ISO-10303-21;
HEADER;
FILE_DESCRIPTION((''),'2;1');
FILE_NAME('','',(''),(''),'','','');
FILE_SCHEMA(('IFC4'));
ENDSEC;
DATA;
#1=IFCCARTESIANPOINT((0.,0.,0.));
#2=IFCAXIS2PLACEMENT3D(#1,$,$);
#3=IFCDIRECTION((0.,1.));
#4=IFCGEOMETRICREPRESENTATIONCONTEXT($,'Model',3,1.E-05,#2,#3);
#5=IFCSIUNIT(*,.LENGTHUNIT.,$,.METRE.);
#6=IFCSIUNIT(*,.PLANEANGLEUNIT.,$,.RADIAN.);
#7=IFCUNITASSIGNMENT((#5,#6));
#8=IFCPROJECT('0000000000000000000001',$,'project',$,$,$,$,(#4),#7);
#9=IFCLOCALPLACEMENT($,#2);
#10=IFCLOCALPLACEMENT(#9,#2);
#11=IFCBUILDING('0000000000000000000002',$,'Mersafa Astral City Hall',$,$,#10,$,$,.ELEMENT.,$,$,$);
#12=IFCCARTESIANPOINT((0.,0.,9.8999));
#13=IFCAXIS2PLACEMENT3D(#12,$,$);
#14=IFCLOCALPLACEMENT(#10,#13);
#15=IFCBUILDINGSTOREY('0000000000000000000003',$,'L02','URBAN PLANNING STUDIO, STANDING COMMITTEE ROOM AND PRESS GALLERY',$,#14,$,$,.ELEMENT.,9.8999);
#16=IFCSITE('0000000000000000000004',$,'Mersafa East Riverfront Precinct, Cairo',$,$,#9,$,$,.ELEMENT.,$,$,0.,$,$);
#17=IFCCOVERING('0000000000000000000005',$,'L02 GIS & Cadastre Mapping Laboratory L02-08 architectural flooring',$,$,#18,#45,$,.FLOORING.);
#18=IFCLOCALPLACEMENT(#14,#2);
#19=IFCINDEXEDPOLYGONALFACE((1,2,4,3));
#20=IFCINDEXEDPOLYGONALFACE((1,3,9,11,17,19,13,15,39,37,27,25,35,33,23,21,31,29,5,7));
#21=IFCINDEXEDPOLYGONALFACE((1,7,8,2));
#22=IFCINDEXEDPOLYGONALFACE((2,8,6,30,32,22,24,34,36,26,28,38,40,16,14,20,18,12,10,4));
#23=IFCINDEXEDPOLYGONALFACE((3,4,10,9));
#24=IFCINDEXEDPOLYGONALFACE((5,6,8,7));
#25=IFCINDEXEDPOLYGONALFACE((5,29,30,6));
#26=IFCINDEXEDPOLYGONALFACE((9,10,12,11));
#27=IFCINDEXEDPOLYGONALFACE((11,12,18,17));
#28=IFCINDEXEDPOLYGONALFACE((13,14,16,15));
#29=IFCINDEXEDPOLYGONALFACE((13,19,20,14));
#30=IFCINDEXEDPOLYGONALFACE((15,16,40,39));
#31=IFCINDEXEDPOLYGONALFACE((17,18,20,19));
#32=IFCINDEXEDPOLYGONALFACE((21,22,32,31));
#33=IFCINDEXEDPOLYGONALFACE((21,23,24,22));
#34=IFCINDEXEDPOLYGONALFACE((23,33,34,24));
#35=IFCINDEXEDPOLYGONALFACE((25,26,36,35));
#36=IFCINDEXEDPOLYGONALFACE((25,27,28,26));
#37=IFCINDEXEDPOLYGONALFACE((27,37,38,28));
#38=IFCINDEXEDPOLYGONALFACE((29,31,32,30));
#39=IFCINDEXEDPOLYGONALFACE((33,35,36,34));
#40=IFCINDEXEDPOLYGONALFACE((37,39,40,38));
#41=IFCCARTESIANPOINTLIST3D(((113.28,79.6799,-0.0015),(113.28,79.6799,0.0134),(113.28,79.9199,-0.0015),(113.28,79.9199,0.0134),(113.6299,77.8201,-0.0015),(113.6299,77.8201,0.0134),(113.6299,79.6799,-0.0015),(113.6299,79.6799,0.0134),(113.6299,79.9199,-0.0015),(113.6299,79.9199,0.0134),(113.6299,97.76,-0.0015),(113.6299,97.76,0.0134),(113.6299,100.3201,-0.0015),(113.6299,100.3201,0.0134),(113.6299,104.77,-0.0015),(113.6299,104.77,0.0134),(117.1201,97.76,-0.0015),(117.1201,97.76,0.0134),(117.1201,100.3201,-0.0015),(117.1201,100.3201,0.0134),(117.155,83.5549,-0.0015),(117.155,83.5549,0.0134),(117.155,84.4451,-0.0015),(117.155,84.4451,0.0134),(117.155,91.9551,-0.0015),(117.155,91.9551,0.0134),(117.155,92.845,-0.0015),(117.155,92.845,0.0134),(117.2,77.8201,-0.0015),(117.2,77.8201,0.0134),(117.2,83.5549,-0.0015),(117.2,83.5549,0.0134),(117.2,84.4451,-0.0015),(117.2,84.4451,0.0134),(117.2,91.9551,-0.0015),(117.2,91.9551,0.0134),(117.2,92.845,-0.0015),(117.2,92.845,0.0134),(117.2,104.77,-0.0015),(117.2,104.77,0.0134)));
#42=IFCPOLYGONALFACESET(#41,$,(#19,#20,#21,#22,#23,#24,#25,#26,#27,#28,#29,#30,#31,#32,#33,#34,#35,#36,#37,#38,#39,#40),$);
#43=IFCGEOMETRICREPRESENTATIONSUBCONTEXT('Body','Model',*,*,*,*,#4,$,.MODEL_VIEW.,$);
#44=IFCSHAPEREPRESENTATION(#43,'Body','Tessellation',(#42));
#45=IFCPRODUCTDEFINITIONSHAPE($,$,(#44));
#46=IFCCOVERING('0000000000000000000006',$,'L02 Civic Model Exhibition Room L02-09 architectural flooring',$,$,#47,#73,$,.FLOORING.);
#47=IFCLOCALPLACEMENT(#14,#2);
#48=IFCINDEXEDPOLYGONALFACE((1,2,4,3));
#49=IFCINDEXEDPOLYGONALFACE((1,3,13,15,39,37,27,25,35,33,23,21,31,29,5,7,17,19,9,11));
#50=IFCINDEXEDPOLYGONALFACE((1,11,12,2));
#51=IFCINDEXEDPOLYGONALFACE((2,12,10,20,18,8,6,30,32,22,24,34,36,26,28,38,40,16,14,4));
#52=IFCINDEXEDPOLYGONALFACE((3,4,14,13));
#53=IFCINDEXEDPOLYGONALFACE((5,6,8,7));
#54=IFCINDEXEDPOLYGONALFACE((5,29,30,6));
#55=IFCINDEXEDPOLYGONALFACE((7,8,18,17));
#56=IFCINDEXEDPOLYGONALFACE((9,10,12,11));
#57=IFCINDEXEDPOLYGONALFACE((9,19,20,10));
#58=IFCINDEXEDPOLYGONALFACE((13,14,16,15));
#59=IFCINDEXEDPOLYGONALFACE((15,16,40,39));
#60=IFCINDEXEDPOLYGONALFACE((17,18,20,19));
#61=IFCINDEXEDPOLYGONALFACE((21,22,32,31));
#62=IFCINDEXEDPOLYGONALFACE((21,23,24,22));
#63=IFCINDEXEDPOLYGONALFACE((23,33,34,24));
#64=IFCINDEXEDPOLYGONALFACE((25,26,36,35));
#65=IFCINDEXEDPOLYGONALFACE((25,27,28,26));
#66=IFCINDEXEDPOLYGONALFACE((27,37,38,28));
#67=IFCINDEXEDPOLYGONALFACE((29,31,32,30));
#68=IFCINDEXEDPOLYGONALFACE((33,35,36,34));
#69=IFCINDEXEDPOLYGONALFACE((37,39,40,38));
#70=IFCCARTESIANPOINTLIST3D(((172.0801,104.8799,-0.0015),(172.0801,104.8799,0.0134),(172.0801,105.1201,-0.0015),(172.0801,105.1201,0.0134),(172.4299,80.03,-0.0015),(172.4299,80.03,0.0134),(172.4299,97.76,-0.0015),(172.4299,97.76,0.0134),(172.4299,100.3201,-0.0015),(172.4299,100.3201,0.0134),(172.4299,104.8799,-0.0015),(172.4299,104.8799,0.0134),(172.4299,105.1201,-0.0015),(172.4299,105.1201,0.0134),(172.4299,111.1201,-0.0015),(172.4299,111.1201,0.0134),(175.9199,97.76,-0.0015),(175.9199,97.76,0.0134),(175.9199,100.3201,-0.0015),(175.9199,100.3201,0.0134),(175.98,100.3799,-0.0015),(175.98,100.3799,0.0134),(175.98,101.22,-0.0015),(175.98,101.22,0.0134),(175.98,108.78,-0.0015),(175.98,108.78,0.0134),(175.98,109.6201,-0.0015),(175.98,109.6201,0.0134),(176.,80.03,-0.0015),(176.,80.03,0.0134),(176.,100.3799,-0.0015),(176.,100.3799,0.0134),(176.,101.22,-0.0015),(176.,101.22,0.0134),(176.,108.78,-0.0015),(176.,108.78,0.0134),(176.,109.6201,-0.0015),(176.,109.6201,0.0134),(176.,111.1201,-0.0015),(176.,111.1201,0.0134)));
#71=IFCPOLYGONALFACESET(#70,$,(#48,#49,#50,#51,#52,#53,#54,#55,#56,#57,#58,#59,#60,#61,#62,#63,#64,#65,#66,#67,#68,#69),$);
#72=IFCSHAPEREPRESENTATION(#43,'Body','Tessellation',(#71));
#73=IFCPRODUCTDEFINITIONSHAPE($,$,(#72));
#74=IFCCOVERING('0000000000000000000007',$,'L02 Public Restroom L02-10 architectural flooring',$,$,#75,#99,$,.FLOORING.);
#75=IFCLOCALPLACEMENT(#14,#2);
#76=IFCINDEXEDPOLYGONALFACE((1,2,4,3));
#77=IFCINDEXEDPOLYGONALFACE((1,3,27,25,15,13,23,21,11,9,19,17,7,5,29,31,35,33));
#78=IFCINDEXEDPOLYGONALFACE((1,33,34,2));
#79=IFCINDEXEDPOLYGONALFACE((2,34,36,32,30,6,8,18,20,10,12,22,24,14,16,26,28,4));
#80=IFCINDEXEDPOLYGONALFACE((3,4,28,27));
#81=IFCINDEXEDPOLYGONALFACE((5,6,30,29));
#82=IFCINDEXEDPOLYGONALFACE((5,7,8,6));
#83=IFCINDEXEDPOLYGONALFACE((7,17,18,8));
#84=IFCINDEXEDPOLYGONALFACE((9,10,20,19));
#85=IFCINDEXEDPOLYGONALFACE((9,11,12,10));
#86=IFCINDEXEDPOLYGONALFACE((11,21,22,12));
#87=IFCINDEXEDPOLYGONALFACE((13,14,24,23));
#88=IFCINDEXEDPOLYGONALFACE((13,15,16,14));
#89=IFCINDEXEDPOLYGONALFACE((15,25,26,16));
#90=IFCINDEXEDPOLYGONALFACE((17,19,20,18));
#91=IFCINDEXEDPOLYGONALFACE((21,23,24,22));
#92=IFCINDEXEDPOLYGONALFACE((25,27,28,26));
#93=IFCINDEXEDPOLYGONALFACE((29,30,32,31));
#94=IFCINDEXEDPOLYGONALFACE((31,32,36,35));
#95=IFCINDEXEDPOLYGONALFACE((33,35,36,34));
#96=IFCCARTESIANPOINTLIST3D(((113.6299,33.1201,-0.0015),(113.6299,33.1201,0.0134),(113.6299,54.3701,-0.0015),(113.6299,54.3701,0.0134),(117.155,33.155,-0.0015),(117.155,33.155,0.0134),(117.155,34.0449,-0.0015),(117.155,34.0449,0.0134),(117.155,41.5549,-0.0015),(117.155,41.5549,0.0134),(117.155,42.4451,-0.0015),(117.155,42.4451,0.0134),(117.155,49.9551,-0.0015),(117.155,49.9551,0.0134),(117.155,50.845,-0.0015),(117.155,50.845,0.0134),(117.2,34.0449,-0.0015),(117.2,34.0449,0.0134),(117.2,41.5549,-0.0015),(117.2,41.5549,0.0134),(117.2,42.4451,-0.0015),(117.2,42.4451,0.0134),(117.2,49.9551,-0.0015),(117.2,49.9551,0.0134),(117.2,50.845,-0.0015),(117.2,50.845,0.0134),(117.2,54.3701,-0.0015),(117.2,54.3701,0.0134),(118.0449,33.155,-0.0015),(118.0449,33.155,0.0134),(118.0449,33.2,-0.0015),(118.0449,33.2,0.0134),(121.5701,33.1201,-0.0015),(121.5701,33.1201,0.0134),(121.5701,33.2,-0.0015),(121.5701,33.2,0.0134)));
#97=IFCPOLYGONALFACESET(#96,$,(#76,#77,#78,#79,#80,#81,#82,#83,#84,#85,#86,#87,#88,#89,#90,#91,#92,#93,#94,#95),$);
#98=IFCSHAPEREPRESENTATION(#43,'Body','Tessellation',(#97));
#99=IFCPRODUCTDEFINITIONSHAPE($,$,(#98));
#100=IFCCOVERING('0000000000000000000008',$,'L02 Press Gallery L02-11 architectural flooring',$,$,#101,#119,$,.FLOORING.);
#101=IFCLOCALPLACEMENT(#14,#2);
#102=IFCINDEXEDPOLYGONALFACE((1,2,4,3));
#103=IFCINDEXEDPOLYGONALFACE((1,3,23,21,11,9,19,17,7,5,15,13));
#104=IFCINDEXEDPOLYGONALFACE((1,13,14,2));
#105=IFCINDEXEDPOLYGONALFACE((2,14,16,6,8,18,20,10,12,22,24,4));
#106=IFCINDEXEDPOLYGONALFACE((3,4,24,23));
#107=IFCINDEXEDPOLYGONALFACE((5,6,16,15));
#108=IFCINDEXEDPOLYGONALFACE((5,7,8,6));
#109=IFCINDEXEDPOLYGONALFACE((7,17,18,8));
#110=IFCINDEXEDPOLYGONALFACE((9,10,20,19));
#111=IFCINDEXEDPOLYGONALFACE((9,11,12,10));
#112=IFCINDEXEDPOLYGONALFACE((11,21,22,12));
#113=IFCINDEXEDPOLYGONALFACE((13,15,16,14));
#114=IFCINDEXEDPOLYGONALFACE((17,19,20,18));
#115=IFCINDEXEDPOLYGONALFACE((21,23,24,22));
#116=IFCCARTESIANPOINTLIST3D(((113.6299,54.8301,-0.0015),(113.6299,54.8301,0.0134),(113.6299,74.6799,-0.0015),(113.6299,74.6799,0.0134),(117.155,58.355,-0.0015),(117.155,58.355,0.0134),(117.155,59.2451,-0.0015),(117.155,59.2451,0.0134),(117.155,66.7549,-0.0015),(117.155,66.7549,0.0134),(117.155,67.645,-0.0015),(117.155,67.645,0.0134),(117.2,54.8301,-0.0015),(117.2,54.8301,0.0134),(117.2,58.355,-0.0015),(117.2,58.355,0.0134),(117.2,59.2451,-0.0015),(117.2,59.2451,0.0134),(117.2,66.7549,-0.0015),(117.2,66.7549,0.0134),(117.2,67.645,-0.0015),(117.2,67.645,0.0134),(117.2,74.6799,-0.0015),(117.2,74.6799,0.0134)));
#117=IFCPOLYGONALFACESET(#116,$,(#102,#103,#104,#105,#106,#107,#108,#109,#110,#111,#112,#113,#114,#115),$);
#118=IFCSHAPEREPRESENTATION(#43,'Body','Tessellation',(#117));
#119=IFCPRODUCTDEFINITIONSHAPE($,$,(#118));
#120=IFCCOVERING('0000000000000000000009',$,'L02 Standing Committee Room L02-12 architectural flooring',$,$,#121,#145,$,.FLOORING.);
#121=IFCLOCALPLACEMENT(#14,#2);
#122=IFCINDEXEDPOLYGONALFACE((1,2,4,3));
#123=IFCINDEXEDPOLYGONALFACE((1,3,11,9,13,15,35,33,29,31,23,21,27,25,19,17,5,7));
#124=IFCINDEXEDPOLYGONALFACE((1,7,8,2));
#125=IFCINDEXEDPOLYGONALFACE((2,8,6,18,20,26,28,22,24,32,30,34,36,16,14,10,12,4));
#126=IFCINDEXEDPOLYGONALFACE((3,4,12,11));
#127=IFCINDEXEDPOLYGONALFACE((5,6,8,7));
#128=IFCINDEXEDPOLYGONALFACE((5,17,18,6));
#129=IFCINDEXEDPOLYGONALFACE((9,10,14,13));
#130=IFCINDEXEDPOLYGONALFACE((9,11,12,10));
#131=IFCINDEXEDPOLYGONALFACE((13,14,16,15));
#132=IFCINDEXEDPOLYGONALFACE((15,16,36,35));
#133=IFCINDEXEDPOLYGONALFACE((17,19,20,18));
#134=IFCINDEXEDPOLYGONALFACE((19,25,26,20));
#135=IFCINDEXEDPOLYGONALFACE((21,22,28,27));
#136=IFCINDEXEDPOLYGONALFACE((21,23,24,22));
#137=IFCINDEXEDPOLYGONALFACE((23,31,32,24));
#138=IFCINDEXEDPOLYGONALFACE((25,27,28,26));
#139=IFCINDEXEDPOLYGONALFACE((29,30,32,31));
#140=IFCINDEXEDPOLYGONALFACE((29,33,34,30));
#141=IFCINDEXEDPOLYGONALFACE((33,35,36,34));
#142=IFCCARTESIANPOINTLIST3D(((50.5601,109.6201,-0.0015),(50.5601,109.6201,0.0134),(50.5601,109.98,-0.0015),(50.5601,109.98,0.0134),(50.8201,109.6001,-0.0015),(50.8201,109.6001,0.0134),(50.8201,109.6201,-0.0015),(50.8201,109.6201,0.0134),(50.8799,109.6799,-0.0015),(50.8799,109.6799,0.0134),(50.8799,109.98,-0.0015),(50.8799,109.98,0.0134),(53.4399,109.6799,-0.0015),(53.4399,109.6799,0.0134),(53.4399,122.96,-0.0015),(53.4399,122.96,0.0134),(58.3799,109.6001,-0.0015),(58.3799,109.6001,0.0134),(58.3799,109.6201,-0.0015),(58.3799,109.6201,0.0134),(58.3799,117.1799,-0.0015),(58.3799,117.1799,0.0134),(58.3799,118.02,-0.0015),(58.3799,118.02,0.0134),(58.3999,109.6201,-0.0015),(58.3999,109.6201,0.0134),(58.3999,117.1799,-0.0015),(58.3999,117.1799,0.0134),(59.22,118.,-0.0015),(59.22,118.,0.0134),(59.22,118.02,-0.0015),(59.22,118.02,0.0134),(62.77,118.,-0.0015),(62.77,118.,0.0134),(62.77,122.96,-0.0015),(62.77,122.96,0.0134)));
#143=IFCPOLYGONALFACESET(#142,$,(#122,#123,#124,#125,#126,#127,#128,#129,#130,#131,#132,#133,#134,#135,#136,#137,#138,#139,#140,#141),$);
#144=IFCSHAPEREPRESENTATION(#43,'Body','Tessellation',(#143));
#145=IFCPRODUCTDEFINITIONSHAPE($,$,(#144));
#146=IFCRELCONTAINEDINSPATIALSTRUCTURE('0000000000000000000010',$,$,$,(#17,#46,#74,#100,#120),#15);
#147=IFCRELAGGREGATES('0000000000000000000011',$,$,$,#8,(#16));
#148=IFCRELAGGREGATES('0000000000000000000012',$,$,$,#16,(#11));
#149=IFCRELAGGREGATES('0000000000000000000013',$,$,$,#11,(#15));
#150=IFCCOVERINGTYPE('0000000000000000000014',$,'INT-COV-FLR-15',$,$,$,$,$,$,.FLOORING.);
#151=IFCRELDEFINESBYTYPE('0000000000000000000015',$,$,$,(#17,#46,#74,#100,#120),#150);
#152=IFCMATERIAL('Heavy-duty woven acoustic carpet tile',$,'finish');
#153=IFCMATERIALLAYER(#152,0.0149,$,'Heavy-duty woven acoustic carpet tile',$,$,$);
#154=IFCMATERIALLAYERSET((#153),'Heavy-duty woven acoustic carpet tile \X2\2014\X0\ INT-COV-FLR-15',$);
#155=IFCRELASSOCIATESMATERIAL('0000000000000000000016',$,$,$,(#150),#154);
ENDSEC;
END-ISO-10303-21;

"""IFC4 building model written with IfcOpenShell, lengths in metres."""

from ifc_helpers import new_model, si_unit, direction, frame, origin, place, context, subcontext, project, spatial, polyline, outline, extrude, material, layer, layer_set, type_object, element, save


model = new_model("IFC4")

# Units and contexts
model_context = context("Model", 3, precision=1e-05, world=origin(), true_north=direction((0.0, 1.0)))
body_context = subcontext(model_context, "Body", "Model", "MODEL_VIEW")
ifc_project = project(units=[si_unit("LENGTHUNIT", "METRE"), si_unit("PLANEANGLEUNIT", "RADIAN")], contexts=[model_context])

# Site, building, storey
site_placement = place(None, origin())
site = spatial("IfcSite", under=ifc_project, at=site_placement, Name="Mersafa East Riverfront Precinct, Cairo", CompositionType="ELEMENT", RefElevation=0.0)
building_placement = place(site_placement, origin())
building = spatial("IfcBuilding", under=site, at=building_placement, Name="Mersafa Astral City Hall", CompositionType="ELEMENT")
storey_placement = place(building_placement, frame((0.0, 0.0, 9.8999)))
storey = spatial("IfcBuildingStorey", under=building, at=storey_placement, Name="L02", Description="URBAN PLANNING STUDIO, STANDING COMMITTEE ROOM AND PRESS GALLERY", CompositionType="ELEMENT", Elevation=9.8999)

# Coverings
ifc_material_1 = material(Name="Heavy-duty woven acoustic carpet tile", Category="finish")
ifc_layer_1 = layer(ifc_material_1, 0.0149, Name="Heavy-duty woven acoustic carpet tile")
ifc_layer_set_1 = layer_set([ifc_layer_1], Name="Heavy-duty woven acoustic carpet tile — INT-COV-FLR-15")
covering_type = type_object("IfcCoveringType", Name="INT-COV-FLR-15", PredefinedType="FLOORING", material=ifc_layer_set_1)
covering_1_placement = place(storey_placement, frame((0.0, 0.0, -0.0015)))
element("IfcCovering", 1, at=covering_1_placement, inside=storey, type_object=covering_type, Name="L02 GIS & Cadastre Mapping Laboratory L02-08 architectural flooring", PredefinedType="FLOORING", context=body_context, shape_type="SweptSolid", body=[
    extrude(outline(polyline([(113.28, 79.9199), (113.6299, 79.9199), (113.6299, 97.76), (117.1201, 97.76), (117.1201, 100.3201), (113.6299, 100.3201), (113.6299, 104.77), (117.2, 104.77), (117.2, 92.845), (117.155, 92.845), (117.155, 91.9551), (117.2, 91.9551), (117.2, 84.4451), (117.155, 84.4451), (117.155, 83.5549), (117.2, 83.5549), (117.2, 77.8201), (113.6299, 77.8201), (113.6299, 79.6799), (113.28, 79.6799), (113.28, 79.9199)])), origin(), (0.0, 0.0, 1.0), 0.0149),
])
covering_2_placement = place(storey_placement, frame((0.0, 0.0, -0.0015)))
element("IfcCovering", 2, at=covering_2_placement, inside=storey, type_object=covering_type, Name="L02 Civic Model Exhibition Room L02-09 architectural flooring", PredefinedType="FLOORING", context=body_context, shape_type="SweptSolid", body=[
    extrude(outline(polyline([(175.9199, 100.3201), (172.4299, 100.3201), (172.4299, 104.8799), (172.0801, 104.8799), (172.0801, 105.1201), (172.4299, 105.1201), (172.4299, 111.1201), (176.0, 111.1201), (176.0, 109.6201), (175.98, 109.6201), (175.98, 108.78), (176.0, 108.78), (176.0, 101.22), (175.98, 101.22), (175.98, 100.3799), (176.0, 100.3799), (176.0, 80.03), (172.4299, 80.03), (172.4299, 97.76), (175.9199, 97.76), (175.9199, 100.3201)])), origin(), (0.0, 0.0, 1.0), 0.0149),
])
covering_3_placement = place(storey_placement, frame((0.0, 0.0, -0.0015)))
element("IfcCovering", 3, at=covering_3_placement, inside=storey, type_object=covering_type, Name="L02 Public Restroom L02-10 architectural flooring", PredefinedType="FLOORING", context=body_context, shape_type="SweptSolid", body=[
    extrude(outline(polyline([(117.2, 54.3701), (117.2, 50.845), (117.155, 50.845), (117.155, 49.9551), (117.2, 49.9551), (117.2, 42.4451), (117.155, 42.4451), (117.155, 41.5549), (117.2, 41.5549), (117.2, 34.0449), (117.155, 34.0449), (117.155, 33.155), (118.0449, 33.155), (118.0449, 33.2), (121.5701, 33.2), (121.5701, 33.1201), (113.6299, 33.1201), (113.6299, 54.3701), (117.2, 54.3701)])), origin(), (0.0, 0.0, 1.0), 0.0149),
])
covering_4_placement = place(storey_placement, frame((0.0, 0.0, -0.0015)))
element("IfcCovering", 4, at=covering_4_placement, inside=storey, type_object=covering_type, Name="L02 Press Gallery L02-11 architectural flooring", PredefinedType="FLOORING", context=body_context, shape_type="SweptSolid", body=[
    extrude(outline(polyline([(117.2, 54.8301), (113.6299, 54.8301), (113.6299, 74.6799), (117.2, 74.6799), (117.2, 67.645), (117.155, 67.645), (117.155, 66.7549), (117.2, 66.7549), (117.2, 59.2451), (117.155, 59.2451), (117.155, 58.355), (117.2, 58.355), (117.2, 54.8301)])), origin(), (0.0, 0.0, 1.0), 0.0149),
])
covering_5_placement = place(storey_placement, frame((0.0, 0.0, -0.0015)))
element("IfcCovering", 5, at=covering_5_placement, inside=storey, type_object=covering_type, Name="L02 Standing Committee Room L02-12 architectural flooring", PredefinedType="FLOORING", context=body_context, shape_type="SweptSolid", body=[
    extrude(outline(polyline([(50.8201, 109.6201), (50.5601, 109.6201), (50.5601, 109.98), (50.8799, 109.98), (50.8799, 109.6799), (53.4399, 109.6799), (53.4399, 122.96), (62.77, 122.96), (62.77, 118.0), (59.22, 118.0), (59.22, 118.02), (58.3799, 118.02), (58.3799, 117.1799), (58.3999, 117.1799), (58.3999, 109.6201), (58.3799, 109.6201), (58.3799, 109.6001), (50.8201, 109.6001), (50.8201, 109.6201)])), origin(), (0.0, 0.0, 1.0), 0.0149),
])

save(model, "model.ifc")
